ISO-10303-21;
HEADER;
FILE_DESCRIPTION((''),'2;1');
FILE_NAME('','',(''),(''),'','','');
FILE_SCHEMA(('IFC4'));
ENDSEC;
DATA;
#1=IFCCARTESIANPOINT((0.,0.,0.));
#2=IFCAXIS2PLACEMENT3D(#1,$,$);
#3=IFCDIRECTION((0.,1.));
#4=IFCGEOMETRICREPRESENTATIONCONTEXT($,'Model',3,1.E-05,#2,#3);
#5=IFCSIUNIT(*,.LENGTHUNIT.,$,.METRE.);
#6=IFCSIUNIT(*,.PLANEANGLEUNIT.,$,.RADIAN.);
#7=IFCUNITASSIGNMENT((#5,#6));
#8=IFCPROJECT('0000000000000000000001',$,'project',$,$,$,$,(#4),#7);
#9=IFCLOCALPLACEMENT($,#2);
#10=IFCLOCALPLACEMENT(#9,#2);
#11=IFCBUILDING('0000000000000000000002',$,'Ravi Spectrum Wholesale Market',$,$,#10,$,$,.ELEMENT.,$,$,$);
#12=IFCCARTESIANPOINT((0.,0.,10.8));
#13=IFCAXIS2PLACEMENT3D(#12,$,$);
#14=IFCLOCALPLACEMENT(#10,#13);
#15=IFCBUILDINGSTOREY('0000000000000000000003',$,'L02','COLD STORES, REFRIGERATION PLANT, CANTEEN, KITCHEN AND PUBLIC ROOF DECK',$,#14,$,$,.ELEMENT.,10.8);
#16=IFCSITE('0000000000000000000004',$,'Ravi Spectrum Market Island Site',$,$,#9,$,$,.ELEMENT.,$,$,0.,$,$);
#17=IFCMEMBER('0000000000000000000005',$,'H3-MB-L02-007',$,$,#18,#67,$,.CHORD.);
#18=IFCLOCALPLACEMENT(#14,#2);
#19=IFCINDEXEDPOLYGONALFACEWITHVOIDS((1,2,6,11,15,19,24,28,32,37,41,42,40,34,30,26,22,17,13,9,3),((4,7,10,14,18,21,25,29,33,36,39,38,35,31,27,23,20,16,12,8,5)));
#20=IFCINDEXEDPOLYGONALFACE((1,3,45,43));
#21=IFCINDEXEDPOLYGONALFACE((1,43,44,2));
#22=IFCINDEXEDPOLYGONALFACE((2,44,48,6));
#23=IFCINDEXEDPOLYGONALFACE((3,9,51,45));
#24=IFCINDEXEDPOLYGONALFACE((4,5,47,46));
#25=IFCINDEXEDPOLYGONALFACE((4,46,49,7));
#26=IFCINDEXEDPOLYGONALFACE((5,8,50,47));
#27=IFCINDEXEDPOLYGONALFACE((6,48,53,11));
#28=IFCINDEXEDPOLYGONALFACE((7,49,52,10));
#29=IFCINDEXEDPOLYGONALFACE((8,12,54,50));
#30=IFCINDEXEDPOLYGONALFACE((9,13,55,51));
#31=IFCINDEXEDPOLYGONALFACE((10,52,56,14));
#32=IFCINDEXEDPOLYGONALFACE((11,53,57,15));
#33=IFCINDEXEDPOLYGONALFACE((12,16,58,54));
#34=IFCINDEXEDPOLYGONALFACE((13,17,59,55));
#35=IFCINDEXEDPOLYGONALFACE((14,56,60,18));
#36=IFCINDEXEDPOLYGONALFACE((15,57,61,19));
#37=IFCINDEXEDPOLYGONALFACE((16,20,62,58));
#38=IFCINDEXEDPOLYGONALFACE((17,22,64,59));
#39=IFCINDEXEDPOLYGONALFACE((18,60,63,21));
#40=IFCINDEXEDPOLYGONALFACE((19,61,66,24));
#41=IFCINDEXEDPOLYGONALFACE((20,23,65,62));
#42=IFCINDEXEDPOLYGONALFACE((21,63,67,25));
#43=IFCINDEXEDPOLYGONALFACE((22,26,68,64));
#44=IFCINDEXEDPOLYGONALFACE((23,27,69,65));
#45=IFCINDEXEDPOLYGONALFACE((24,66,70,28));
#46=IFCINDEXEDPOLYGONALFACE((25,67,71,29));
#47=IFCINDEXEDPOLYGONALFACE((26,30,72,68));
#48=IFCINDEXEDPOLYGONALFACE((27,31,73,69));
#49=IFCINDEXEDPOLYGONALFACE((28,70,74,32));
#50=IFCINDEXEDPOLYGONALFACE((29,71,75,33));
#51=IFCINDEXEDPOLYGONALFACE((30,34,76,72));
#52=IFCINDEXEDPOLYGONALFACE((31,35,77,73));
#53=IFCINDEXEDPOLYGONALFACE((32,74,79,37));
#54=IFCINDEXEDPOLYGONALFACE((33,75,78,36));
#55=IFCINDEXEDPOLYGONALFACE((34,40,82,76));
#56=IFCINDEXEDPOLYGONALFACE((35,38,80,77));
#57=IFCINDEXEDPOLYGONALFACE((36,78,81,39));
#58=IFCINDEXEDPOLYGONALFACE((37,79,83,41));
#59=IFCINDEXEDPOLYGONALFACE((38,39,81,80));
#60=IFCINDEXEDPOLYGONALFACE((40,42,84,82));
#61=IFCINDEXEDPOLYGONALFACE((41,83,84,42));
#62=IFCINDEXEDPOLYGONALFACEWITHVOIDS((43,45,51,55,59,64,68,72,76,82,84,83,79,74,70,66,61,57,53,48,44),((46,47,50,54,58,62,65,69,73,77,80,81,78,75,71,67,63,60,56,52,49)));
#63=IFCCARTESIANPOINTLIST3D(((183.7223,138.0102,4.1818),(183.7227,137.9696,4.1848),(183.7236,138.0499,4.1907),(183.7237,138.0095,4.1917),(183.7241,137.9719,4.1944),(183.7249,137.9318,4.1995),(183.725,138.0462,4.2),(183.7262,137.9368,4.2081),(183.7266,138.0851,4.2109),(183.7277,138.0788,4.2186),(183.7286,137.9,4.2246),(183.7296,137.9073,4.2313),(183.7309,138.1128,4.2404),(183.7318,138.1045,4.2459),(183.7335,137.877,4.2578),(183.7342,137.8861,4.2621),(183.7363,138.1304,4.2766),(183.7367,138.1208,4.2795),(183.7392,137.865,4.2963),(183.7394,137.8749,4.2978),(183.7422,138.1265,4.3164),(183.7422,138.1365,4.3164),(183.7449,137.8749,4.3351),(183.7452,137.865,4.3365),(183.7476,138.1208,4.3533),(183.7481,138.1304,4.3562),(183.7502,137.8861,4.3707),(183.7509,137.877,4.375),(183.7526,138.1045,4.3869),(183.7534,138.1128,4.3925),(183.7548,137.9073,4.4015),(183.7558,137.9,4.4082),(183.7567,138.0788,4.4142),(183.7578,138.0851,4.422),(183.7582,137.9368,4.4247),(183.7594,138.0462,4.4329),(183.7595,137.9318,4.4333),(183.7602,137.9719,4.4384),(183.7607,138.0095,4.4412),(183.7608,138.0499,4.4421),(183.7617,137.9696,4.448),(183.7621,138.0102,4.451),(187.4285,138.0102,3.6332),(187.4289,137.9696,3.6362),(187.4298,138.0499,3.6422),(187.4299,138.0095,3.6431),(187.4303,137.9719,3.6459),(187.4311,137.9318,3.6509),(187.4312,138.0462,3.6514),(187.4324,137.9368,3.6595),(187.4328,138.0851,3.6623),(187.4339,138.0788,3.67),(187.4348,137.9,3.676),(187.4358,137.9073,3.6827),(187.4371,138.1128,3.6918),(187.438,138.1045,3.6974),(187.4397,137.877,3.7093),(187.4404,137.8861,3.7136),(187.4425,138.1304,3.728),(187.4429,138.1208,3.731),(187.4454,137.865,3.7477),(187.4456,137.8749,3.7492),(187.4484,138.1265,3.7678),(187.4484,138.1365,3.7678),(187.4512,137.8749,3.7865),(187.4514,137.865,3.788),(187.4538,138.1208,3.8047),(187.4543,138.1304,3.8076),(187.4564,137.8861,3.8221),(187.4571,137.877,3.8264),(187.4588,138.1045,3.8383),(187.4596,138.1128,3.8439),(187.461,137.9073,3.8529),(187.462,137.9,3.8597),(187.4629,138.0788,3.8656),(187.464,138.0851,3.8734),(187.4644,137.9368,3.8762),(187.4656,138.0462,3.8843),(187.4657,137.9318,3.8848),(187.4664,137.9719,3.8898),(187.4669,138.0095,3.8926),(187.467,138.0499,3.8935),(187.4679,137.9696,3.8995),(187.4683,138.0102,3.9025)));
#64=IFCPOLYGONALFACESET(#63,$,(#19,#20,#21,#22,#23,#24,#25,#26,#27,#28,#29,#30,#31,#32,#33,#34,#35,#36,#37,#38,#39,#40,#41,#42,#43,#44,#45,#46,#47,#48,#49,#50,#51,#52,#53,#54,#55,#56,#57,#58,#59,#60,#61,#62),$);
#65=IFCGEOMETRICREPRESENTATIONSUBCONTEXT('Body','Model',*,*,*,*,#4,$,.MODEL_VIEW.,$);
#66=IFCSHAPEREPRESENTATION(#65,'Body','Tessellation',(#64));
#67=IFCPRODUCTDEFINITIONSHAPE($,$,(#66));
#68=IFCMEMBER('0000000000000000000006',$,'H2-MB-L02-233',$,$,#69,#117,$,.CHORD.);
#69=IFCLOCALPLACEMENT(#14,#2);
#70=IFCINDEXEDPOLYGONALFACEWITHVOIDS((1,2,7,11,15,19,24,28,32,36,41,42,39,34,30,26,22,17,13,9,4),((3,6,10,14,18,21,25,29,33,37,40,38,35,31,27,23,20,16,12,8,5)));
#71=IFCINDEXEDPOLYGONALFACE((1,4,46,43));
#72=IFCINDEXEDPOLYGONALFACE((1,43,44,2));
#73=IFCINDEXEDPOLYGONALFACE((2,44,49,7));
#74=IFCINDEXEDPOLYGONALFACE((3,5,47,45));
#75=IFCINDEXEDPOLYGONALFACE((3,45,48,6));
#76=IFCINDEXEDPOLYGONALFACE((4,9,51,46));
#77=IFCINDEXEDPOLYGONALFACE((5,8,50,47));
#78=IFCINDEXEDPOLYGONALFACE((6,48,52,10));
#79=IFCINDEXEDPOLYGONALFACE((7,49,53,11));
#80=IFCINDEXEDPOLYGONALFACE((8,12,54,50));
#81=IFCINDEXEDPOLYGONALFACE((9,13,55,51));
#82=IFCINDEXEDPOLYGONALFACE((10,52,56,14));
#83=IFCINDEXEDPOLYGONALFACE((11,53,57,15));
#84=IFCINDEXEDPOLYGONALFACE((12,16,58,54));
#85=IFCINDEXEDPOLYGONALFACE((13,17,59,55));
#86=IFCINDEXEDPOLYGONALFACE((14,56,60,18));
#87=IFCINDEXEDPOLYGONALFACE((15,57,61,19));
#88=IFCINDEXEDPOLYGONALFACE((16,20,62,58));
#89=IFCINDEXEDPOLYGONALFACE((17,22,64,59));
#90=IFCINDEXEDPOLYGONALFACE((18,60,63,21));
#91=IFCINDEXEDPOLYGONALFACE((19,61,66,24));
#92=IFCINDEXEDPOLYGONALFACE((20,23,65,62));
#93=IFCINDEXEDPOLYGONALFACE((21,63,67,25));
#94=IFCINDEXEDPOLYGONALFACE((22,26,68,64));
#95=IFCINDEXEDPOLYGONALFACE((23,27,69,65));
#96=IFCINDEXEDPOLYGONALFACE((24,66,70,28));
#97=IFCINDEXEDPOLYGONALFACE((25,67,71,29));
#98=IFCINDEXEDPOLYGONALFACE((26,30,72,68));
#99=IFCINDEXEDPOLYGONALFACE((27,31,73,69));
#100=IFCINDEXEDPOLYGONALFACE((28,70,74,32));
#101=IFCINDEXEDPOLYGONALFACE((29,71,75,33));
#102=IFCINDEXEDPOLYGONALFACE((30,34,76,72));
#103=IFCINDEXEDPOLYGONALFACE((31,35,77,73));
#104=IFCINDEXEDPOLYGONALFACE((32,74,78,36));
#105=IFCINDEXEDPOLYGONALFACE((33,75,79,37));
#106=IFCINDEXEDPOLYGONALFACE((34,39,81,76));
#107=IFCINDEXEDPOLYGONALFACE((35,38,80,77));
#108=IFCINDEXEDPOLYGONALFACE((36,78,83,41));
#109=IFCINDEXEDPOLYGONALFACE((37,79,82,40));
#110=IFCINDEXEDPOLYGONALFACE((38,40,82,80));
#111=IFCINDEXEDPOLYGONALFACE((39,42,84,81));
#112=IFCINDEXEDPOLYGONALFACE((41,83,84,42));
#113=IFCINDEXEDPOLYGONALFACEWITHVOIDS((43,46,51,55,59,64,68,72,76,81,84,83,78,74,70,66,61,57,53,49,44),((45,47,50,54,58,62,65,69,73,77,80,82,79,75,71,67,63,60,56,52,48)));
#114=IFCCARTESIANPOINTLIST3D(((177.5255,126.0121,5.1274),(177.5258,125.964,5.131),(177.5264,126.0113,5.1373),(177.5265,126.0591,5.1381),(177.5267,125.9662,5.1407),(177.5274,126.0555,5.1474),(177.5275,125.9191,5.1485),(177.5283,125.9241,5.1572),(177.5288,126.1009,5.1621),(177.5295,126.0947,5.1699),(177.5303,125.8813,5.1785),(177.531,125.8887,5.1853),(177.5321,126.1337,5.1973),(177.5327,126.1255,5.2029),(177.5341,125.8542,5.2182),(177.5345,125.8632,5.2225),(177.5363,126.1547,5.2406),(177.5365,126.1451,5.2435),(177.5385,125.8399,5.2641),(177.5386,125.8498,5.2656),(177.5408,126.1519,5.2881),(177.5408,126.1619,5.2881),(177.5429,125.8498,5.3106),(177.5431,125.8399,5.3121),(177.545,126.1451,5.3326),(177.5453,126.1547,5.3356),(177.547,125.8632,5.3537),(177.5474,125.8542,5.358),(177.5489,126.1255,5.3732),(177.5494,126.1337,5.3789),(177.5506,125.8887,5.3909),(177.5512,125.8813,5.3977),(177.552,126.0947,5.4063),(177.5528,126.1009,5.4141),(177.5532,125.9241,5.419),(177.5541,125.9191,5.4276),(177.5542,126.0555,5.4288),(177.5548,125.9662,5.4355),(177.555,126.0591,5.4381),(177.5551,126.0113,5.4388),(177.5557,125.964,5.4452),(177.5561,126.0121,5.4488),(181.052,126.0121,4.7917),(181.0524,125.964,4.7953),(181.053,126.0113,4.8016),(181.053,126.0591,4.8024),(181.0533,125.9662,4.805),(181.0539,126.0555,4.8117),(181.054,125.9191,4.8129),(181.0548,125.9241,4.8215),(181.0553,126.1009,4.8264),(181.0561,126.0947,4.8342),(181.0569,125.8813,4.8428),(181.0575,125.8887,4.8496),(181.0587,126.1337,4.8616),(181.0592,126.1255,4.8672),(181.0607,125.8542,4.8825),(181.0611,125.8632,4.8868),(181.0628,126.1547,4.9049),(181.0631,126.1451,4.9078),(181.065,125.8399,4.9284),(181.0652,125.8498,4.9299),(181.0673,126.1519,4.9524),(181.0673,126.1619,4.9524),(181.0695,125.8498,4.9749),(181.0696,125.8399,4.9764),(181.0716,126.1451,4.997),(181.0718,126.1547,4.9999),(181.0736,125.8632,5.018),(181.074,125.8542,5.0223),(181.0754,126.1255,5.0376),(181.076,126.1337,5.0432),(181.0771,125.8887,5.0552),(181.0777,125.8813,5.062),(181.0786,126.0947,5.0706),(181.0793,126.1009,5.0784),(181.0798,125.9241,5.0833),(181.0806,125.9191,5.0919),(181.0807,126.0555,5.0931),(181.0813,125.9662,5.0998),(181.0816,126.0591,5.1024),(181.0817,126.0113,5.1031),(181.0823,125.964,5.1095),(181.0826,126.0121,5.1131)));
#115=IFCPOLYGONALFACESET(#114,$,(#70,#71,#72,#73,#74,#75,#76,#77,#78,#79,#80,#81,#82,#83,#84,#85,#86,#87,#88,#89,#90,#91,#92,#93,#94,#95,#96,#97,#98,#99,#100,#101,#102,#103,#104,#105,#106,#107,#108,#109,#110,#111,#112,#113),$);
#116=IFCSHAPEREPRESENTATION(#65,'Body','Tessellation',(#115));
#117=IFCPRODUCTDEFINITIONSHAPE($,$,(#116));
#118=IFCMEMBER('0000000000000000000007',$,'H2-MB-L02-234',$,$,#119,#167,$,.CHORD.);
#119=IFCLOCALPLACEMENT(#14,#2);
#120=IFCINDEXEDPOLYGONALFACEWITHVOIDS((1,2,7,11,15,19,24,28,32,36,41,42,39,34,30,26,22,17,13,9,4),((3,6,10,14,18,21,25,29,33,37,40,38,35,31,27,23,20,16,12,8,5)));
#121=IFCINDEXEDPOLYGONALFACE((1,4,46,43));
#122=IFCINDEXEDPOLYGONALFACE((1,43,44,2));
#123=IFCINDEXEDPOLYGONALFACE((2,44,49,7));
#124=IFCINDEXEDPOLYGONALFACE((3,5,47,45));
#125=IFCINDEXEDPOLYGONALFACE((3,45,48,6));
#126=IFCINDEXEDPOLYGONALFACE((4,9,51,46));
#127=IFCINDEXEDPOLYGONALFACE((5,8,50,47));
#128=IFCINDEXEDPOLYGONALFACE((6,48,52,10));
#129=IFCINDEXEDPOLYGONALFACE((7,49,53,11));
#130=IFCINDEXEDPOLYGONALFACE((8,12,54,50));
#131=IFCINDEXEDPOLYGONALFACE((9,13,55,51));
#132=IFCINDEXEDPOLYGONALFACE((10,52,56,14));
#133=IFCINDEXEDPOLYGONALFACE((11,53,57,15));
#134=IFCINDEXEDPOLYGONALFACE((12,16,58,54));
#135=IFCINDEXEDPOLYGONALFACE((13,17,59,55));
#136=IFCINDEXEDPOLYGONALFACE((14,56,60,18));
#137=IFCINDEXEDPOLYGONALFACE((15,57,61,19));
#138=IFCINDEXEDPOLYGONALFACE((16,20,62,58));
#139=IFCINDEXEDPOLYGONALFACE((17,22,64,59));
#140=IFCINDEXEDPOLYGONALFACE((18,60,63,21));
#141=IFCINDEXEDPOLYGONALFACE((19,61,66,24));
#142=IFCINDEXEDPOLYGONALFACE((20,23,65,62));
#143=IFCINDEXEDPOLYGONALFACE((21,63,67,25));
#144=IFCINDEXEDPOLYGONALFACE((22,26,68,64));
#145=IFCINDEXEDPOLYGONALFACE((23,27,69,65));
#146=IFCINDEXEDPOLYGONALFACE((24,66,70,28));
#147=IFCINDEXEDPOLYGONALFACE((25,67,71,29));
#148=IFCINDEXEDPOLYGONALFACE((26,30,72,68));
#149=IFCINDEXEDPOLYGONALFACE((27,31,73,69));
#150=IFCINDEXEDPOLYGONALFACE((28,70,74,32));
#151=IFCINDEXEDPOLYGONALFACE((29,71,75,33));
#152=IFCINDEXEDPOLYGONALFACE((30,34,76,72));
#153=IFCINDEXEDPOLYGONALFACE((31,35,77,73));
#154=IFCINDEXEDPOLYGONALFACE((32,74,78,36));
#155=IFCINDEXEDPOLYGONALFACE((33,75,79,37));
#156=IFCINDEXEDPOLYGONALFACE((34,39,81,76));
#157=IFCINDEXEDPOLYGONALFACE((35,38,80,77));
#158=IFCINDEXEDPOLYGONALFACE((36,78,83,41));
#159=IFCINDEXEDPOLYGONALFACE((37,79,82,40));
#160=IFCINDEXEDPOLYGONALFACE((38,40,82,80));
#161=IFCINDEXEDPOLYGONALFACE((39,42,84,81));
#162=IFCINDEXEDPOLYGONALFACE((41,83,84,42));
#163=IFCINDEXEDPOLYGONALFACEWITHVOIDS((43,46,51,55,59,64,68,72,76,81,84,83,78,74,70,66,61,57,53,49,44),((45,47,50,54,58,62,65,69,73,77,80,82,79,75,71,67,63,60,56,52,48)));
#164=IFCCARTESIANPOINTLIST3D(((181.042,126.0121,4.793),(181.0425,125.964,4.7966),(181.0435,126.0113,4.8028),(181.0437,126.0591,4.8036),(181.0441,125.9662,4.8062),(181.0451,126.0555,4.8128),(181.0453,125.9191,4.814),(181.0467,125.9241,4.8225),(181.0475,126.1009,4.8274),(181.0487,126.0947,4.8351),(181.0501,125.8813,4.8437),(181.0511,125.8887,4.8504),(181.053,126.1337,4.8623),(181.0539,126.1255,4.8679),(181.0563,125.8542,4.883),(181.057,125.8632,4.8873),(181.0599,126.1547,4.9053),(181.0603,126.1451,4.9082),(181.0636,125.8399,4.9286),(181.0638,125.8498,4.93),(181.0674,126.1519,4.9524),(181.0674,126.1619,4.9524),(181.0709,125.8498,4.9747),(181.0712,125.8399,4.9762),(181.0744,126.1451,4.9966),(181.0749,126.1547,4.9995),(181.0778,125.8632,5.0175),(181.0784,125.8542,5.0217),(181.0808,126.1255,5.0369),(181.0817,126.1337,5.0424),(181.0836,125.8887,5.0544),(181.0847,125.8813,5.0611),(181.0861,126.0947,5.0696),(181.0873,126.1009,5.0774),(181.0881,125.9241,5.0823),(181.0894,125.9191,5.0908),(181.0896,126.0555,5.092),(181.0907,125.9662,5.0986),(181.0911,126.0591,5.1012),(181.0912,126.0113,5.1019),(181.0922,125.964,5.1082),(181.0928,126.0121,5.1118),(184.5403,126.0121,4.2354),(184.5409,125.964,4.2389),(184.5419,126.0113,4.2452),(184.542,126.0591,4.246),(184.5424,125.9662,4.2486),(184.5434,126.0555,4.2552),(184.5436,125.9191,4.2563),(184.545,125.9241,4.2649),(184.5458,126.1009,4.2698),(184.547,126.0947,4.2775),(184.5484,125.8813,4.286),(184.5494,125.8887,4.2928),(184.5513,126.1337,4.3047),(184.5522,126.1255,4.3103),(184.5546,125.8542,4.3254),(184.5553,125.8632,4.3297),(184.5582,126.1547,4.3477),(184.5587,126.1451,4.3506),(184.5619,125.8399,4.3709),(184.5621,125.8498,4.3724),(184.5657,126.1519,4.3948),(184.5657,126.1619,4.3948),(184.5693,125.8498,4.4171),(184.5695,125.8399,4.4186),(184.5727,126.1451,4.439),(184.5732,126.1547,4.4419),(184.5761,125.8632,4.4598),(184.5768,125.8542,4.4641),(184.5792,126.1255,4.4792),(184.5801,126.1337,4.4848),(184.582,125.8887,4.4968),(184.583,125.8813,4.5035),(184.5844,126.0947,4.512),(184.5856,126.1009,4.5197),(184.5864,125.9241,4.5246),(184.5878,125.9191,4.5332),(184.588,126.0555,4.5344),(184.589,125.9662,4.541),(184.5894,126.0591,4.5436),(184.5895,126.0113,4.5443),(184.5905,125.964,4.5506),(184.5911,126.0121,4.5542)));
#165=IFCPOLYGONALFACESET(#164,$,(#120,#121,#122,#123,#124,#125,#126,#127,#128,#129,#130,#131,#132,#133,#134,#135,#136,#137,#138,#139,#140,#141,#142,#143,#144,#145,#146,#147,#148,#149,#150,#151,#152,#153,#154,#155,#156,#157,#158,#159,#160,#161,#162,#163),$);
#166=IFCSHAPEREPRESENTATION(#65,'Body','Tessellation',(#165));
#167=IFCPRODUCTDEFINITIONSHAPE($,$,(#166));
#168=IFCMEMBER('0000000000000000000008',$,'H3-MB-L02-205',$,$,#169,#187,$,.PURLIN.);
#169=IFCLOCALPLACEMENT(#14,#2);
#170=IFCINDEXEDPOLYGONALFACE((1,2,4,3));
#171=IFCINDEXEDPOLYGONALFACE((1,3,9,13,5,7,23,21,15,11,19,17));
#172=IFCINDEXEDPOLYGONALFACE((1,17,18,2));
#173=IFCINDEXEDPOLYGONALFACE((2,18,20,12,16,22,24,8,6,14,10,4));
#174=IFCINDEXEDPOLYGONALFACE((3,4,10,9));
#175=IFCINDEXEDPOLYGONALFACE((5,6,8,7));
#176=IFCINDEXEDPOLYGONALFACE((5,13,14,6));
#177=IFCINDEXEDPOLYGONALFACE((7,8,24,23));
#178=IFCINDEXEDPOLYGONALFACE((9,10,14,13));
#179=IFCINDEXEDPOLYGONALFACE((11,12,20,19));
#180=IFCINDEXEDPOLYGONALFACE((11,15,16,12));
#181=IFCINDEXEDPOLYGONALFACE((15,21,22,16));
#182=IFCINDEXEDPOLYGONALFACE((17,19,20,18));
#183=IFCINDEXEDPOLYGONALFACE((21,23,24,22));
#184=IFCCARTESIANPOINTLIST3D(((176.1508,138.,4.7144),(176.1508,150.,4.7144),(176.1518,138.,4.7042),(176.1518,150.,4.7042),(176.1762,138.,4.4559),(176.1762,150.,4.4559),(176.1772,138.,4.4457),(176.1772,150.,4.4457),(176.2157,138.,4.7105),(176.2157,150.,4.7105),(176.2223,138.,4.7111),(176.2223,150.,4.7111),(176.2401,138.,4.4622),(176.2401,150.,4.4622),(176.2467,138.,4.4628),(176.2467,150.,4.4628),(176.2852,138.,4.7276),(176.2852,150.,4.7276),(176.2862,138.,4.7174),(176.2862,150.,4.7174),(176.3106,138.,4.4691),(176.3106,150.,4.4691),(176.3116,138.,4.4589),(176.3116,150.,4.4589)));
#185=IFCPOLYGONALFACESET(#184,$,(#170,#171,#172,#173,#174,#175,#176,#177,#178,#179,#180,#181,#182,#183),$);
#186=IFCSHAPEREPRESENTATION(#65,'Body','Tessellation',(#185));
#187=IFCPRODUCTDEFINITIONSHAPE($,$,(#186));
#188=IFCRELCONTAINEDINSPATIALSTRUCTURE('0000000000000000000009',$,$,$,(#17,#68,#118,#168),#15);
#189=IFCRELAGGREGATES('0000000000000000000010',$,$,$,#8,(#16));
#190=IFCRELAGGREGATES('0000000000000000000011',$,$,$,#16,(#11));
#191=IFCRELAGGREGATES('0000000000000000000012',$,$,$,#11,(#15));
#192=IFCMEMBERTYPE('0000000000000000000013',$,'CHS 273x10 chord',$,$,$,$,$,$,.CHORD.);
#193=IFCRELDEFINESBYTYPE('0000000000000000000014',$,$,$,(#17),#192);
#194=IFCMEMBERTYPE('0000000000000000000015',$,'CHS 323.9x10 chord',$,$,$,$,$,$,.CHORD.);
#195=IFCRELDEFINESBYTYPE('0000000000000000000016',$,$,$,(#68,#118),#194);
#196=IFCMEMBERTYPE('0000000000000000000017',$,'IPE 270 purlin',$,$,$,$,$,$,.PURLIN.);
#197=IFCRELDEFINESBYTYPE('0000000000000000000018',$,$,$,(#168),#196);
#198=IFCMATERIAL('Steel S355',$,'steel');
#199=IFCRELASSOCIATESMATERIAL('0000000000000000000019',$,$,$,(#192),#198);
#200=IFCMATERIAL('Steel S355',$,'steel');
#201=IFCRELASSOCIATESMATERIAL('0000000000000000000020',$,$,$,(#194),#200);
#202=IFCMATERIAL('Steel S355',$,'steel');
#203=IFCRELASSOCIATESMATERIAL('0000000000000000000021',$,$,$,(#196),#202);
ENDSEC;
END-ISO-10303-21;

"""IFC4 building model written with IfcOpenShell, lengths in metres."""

from ifc_helpers import new_model, si_unit, direction, frame, origin, origin_2d, place, context, subcontext, project, spatial, hollow_circle, i_section, extrude, material, material_profile, profile_set, type_object, element, save


model = new_model("IFC4")

# Units and contexts
model_context = context("Model", 3, precision=1e-05, world=origin(), true_north=direction((0.0, 1.0)))
body_context = subcontext(model_context, "Body", "Model", "MODEL_VIEW")
ifc_project = project(units=[si_unit("LENGTHUNIT", "METRE"), si_unit("PLANEANGLEUNIT", "RADIAN")], contexts=[model_context])

# Site, building, storey
site_placement = place(None, origin())
site = spatial("IfcSite", under=ifc_project, at=site_placement, Name="Ravi Spectrum Market Island Site", CompositionType="ELEMENT", RefElevation=0.0)
building_placement = place(site_placement, origin())
building = spatial("IfcBuilding", under=site, at=building_placement, Name="Ravi Spectrum Wholesale Market", CompositionType="ELEMENT")
storey_placement = place(building_placement, frame((0.0, 0.0, 10.8)))
storey = spatial("IfcBuildingStorey", under=building, at=storey_placement, Name="L02", Description="COLD STORES, REFRIGERATION PLANT, CANTEEN, KITCHEN AND PUBLIC ROOF DECK", CompositionType="ELEMENT", Elevation=10.8)

# Members
ifc_material_1 = material(Name="Steel S355", Category="steel")
ifc_material_profile_1 = material_profile(ifc_material_1, hollow_circle(Radius=0.1365, WallThickness=0.01, at=origin_2d()))
ifc_profile_set_1 = profile_set([ifc_material_profile_1], Name="Steel S355")
member_type_1 = type_object("IfcMemberType", Name="CHS 273x10 chord", PredefinedType="CHORD", material=ifc_profile_set_1)
for number, where, z_axis, x_axis, name in (
    (1, (183.7422, 138.0, 4.3164), (0.989223, 0.0, -0.146419), (0.0, 1.0, 0.0), "H3-MB-L02-007"),
):
    element("IfcMember", number, at=place(storey_placement, frame(where, z_axis=z_axis, x_axis=x_axis)), inside=storey, type_object=member_type_1, Name=name, PredefinedType="CHORD", context=body_context, shape_type="SweptSolid", body=[
        extrude(hollow_circle(Radius=0.1365, WallThickness=0.01, at=origin_2d()), origin(), (0.0, 0.0, 1.0), 3.7466),
    ])
ifc_material_2 = material(Name="Steel S355", Category="steel")
ifc_material_profile_2 = material_profile(ifc_material_2, hollow_circle(Radius=0.1619, WallThickness=0.01, at=origin_2d()))
ifc_profile_set_2 = profile_set([ifc_material_profile_2], Name="Steel S355")
member_type_2 = type_object("IfcMemberType", Name="CHS 323.9x10 chord", PredefinedType="CHORD", material=ifc_profile_set_2)
for number, where, z_axis, x_axis, name in (
    (2, (177.5408, 126.0, 5.2881), (0.9955, 0.0, -0.09476), (0.0, 1.0, 0.0), "H2-MB-L02-233"),
    (3, (181.0674, 126.0, 4.9524), (0.987533, 0.0, -0.15741), (0.0, 1.0, 0.0), "H2-MB-L02-234"),
):
    element("IfcMember", number, at=place(storey_placement, frame(where, z_axis=z_axis, x_axis=x_axis)), inside=storey, type_object=member_type_2, Name=name, PredefinedType="CHORD", context=body_context, shape_type="SweptSolid", body=[
        extrude(hollow_circle(Radius=0.1619, WallThickness=0.01, at=origin_2d()), origin(), (0.0, 0.0, 1.0), 3.5425),
    ])
ifc_material_3 = material(Name="Steel S355", Category="steel")
ifc_material_profile_3 = material_profile(ifc_material_3, i_section(OverallWidth=0.135, OverallDepth=0.27, WebThickness=0.0066, FlangeThickness=0.0103, at=origin_2d()))
ifc_profile_set_3 = profile_set([ifc_material_profile_3], Name="Steel S355")
member_type_3 = type_object("IfcMemberType", Name="IPE 270 purlin", PredefinedType="PURLIN", material=ifc_profile_set_3)
for number, where, z_axis, x_axis, name in (
    (4, (176.2312, 138.0, 4.5867), (0.0, 1.0, 0.0), (-0.995203, 0.0, -0.097835), "H3-MB-L02-205"),
):
    element("IfcMember", number, at=place(storey_placement, frame(where, z_axis=z_axis, x_axis=x_axis)), inside=storey, type_object=member_type_3, Name=name, PredefinedType="PURLIN", context=body_context, shape_type="SweptSolid", body=[
        extrude(i_section(OverallWidth=0.135, OverallDepth=0.27, WebThickness=0.0066, FlangeThickness=0.0103, at=origin_2d()), origin(), (0.0, 0.0, 1.0), 12.0),
    ])

save(model, "model.ifc")
